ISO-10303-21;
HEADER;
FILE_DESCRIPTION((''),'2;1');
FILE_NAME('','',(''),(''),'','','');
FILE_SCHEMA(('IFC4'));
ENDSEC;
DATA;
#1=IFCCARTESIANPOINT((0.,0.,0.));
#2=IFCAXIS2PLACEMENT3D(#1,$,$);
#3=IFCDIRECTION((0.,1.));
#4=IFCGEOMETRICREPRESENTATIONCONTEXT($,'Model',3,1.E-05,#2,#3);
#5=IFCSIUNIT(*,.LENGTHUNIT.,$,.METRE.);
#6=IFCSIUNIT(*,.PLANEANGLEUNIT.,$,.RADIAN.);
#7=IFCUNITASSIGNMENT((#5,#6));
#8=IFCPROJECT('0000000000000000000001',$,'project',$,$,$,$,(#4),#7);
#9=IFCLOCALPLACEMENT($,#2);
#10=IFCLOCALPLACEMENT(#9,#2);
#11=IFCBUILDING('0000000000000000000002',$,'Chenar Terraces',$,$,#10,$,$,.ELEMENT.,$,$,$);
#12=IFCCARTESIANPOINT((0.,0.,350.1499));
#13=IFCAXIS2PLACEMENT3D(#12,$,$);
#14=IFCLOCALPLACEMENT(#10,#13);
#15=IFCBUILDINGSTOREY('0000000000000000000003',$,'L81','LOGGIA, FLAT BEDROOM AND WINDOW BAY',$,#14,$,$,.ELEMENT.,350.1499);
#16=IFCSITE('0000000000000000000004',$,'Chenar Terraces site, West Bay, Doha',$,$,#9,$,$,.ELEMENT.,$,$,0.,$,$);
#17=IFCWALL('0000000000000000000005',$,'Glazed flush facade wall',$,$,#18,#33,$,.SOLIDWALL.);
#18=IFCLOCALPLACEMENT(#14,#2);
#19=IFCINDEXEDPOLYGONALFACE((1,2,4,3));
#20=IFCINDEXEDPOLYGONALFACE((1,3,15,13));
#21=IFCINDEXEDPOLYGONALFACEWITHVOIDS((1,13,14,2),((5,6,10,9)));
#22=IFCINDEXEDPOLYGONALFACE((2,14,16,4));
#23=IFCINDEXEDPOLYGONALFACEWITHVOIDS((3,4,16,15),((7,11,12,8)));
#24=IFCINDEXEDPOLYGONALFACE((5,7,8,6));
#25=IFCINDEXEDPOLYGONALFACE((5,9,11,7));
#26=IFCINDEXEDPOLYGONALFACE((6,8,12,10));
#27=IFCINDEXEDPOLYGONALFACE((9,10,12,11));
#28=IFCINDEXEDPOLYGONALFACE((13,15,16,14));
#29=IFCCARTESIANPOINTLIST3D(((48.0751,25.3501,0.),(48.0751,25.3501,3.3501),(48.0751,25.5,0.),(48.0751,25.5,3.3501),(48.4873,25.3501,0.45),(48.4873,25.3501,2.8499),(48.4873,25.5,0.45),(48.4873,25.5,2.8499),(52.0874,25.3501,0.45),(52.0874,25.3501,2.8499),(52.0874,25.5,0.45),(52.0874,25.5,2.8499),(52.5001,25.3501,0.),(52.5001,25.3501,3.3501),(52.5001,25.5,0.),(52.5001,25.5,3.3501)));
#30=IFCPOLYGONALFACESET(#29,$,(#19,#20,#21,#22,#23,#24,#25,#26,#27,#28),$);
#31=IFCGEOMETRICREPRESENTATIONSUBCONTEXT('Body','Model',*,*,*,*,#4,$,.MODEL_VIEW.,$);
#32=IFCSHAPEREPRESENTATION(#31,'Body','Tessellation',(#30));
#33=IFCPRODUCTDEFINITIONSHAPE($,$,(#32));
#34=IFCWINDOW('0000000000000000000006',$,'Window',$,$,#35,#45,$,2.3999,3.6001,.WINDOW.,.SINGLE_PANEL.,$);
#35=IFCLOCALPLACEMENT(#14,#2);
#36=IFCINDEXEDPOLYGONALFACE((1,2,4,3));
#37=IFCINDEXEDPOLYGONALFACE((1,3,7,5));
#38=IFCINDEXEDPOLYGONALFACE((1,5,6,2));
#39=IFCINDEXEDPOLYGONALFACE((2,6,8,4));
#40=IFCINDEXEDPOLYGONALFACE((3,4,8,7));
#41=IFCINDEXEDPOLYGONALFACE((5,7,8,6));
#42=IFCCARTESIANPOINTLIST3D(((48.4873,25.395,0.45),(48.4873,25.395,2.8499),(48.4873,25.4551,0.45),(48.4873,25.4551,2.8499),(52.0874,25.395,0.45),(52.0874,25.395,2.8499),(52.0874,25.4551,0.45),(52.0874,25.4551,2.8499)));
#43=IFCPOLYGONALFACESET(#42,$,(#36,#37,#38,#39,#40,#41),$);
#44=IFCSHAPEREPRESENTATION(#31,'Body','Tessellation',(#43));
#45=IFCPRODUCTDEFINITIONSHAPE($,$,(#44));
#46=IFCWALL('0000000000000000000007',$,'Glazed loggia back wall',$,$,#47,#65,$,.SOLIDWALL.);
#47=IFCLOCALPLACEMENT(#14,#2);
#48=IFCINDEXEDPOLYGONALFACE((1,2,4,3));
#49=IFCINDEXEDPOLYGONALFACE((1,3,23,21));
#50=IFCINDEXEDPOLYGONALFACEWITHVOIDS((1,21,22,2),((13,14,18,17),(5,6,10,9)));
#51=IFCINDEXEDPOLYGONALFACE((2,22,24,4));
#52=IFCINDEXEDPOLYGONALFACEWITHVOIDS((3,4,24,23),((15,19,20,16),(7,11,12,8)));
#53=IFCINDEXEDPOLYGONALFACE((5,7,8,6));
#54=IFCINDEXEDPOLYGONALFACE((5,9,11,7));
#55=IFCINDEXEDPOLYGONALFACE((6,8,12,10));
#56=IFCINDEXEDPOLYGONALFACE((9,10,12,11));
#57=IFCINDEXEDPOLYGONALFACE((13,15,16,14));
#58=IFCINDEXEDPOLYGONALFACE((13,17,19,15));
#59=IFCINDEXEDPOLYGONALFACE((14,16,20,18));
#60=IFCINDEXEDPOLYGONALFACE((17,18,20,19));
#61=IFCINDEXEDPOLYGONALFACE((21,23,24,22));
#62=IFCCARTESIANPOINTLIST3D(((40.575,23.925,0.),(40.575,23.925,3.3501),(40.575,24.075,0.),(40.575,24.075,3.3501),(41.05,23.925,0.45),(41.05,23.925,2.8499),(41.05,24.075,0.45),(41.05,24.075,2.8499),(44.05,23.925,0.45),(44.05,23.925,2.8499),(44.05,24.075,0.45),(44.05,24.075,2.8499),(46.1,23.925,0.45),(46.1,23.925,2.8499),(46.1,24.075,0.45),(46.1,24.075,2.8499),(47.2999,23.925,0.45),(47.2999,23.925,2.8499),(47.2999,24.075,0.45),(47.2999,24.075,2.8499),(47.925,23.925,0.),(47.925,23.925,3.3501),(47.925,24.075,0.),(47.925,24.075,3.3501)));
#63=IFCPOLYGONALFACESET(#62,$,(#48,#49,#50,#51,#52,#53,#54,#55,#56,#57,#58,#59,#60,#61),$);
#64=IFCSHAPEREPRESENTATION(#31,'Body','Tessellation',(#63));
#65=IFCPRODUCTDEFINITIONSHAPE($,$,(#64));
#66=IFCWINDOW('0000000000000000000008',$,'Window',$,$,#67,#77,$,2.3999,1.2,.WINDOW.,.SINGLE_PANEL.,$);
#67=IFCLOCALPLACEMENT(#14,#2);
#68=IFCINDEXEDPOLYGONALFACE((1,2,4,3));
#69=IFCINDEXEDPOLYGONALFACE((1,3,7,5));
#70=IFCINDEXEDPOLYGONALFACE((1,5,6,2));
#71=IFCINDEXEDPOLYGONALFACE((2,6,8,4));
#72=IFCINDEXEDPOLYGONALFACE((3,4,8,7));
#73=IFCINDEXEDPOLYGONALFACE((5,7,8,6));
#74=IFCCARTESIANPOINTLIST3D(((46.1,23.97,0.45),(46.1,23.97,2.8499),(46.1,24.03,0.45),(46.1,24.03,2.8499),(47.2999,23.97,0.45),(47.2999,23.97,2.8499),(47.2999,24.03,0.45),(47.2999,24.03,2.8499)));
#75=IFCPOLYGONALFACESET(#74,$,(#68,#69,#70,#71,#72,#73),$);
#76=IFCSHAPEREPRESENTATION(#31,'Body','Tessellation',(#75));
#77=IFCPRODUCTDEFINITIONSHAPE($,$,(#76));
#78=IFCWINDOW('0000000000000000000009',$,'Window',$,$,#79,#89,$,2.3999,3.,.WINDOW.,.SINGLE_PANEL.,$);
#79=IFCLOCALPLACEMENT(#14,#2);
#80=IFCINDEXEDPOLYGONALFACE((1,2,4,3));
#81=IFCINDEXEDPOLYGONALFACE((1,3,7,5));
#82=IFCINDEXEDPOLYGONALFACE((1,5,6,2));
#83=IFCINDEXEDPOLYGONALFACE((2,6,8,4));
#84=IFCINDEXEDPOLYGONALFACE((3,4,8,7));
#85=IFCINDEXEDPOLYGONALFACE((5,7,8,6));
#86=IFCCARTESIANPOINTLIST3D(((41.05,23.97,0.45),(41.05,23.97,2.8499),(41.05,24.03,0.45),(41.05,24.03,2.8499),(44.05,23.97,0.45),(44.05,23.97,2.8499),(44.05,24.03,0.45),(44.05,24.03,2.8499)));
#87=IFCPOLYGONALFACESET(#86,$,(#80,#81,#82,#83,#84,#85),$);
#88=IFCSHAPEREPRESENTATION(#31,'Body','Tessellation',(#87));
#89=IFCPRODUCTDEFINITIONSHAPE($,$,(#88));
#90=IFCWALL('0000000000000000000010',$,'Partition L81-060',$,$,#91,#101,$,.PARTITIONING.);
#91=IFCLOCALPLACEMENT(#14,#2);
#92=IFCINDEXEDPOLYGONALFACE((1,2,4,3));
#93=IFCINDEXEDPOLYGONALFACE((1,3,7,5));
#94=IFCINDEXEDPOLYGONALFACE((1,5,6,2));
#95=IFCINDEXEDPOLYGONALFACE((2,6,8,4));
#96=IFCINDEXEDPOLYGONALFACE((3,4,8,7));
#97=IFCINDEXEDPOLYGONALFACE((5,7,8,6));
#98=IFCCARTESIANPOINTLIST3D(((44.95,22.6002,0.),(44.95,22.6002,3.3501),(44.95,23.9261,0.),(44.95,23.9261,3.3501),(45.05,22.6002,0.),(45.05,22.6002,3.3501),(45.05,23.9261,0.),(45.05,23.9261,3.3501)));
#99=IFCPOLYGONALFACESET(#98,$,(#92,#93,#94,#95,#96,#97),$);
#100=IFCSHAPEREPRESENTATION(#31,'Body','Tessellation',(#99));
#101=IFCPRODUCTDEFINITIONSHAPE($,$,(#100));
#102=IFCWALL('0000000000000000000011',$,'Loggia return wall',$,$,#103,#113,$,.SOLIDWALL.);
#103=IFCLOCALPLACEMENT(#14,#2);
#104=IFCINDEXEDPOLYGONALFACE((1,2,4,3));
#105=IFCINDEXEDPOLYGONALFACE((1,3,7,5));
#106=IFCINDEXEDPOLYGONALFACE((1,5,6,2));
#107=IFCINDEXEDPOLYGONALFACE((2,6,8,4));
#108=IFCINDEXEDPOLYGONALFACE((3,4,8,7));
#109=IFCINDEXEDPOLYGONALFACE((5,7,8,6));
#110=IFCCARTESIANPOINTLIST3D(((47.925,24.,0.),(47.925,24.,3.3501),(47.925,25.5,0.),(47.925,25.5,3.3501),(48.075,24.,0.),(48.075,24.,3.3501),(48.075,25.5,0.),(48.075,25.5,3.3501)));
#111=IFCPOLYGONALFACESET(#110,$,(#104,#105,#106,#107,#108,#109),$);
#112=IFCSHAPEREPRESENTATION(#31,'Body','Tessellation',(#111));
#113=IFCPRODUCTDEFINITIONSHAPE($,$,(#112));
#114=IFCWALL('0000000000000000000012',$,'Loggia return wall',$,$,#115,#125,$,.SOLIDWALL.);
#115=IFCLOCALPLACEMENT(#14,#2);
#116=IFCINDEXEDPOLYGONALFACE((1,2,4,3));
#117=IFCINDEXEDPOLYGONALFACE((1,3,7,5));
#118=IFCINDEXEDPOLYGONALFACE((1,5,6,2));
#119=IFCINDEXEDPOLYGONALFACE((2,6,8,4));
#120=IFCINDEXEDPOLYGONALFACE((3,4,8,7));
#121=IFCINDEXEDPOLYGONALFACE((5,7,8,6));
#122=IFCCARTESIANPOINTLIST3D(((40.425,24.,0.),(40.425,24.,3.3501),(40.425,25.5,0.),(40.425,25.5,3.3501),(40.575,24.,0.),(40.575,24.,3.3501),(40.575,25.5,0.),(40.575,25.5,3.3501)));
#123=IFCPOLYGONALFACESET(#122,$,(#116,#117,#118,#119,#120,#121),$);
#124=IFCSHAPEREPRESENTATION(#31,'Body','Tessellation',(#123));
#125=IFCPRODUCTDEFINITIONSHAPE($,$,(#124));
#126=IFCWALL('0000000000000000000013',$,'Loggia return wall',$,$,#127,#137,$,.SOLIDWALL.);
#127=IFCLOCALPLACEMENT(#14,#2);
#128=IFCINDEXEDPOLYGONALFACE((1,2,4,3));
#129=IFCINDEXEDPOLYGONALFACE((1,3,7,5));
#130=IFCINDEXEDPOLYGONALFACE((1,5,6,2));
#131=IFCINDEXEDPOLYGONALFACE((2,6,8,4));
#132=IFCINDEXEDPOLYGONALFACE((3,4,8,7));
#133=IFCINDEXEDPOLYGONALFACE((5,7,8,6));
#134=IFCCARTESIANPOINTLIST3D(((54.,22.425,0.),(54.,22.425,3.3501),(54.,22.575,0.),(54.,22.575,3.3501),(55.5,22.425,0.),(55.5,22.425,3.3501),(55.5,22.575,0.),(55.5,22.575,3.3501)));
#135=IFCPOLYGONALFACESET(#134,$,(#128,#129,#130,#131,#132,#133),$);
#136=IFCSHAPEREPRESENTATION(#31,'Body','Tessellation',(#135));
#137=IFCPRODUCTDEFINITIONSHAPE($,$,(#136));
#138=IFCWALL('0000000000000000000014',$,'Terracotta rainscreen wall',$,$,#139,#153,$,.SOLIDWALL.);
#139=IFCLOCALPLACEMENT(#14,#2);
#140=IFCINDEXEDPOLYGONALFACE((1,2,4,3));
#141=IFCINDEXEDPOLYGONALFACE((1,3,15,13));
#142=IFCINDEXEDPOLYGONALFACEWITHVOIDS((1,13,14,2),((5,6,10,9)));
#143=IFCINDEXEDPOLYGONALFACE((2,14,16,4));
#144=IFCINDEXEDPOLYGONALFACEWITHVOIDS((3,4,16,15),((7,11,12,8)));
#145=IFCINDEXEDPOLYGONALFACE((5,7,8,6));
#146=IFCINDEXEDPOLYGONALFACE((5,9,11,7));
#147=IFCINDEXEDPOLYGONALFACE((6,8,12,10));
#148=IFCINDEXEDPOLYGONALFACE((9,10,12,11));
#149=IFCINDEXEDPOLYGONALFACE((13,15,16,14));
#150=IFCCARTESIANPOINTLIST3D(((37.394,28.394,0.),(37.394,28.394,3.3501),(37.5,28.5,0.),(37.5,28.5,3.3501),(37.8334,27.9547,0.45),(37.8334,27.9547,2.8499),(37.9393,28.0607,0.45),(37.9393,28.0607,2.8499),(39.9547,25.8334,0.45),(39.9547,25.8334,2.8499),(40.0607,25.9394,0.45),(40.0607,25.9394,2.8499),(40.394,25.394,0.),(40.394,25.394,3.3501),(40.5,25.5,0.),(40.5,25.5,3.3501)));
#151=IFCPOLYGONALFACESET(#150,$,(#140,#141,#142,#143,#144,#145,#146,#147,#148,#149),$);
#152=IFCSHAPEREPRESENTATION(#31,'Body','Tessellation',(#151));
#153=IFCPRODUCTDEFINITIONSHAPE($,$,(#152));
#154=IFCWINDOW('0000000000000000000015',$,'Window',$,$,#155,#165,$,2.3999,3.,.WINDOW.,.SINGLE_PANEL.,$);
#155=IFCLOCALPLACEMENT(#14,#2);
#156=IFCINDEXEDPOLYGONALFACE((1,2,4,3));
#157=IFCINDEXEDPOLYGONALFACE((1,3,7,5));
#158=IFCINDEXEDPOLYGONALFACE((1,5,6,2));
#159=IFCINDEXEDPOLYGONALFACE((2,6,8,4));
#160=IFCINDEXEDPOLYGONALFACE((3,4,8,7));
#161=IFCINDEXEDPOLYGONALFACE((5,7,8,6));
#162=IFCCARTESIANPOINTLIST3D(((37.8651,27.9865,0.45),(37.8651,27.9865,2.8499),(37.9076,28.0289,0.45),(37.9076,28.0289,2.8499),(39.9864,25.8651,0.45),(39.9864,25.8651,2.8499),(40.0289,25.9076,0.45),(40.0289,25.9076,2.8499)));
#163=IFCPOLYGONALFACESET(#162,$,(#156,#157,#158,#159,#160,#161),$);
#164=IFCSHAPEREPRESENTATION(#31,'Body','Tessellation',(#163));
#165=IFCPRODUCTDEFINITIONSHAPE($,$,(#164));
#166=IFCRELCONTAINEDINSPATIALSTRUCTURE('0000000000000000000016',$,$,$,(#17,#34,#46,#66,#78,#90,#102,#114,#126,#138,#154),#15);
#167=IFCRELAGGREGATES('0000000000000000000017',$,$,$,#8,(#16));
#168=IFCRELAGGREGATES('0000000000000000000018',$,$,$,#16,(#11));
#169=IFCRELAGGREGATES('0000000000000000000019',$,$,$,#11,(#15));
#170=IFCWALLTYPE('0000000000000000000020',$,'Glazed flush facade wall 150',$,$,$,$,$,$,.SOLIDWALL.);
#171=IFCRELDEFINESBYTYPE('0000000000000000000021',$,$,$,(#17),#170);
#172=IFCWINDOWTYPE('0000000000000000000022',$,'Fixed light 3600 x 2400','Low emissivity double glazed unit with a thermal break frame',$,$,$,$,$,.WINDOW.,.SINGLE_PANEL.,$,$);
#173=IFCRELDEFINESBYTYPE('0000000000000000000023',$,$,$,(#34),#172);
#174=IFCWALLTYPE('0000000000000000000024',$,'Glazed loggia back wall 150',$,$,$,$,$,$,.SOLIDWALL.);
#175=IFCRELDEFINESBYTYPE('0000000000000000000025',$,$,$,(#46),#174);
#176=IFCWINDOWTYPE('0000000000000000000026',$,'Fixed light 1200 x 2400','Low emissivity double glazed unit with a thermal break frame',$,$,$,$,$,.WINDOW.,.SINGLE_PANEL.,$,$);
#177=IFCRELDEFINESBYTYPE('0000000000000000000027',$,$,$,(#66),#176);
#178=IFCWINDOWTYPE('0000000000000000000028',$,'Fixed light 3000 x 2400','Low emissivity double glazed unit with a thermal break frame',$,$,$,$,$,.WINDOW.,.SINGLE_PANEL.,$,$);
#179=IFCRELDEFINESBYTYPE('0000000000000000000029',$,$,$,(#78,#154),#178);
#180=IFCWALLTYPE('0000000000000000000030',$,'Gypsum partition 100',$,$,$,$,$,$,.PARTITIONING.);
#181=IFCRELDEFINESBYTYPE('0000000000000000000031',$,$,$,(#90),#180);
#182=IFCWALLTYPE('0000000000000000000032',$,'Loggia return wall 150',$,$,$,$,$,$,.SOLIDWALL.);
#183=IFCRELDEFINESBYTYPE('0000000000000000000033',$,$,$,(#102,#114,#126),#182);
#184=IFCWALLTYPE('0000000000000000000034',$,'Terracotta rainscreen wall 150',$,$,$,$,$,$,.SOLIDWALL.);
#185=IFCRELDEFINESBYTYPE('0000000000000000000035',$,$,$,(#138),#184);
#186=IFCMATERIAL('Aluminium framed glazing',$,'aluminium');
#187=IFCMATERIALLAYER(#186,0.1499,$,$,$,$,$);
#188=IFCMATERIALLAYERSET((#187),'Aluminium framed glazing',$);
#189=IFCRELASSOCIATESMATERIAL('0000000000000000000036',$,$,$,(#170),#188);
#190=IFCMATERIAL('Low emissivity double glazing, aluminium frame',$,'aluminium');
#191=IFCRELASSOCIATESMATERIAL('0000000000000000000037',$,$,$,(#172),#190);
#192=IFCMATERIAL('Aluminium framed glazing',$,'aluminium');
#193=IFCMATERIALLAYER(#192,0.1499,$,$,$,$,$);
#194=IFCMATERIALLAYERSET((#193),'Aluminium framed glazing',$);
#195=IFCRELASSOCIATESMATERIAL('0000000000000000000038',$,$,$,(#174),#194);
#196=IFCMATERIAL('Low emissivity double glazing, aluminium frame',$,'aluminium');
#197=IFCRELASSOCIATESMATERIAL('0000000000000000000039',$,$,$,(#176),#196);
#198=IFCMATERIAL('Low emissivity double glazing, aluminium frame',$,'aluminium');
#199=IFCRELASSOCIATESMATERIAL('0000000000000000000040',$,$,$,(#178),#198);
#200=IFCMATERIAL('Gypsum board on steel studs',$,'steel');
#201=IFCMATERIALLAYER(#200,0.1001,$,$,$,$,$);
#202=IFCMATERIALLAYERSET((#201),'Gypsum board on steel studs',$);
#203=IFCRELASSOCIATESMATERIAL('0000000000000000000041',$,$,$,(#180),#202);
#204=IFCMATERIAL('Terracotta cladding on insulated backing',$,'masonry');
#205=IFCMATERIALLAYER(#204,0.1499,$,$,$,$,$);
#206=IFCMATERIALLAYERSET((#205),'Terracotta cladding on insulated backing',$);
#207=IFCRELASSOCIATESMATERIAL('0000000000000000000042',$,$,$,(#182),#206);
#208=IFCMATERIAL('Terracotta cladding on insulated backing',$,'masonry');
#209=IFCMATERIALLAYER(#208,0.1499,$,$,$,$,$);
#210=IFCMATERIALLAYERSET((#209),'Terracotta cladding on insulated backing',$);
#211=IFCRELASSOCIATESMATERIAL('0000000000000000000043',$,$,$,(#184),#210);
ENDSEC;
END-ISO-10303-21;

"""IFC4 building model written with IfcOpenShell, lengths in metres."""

from ifc_helpers import new_model, si_unit, direction, frame, frame_2d, origin, place, context, subcontext, project, spatial, rectangle, extrude, material, layer, layer_set, type_object, element, fill, save


model = new_model("IFC4")

# Units and contexts
model_context = context("Model", 3, precision=1e-05, world=origin(), true_north=direction((0.0, 1.0)))
body_context = subcontext(model_context, "Body", "Model", "MODEL_VIEW")
ifc_project = project(units=[si_unit("LENGTHUNIT", "METRE"), si_unit("PLANEANGLEUNIT", "RADIAN")], contexts=[model_context])

# Site, building, storey
site_placement = place(None, origin())
site = spatial("IfcSite", under=ifc_project, at=site_placement, Name="Chenar Terraces site, West Bay, Doha", CompositionType="ELEMENT", RefElevation=0.0)
building_placement = place(site_placement, origin())
building = spatial("IfcBuilding", under=site, at=building_placement, Name="Chenar Terraces", CompositionType="ELEMENT")
storey_placement = place(building_placement, frame((0.0, 0.0, 350.1499)))
storey = spatial("IfcBuildingStorey", under=building, at=storey_placement, Name="L81", Description="LOGGIA, FLAT BEDROOM AND WINDOW BAY", CompositionType="ELEMENT", Elevation=350.1499)

# Wall, opening, window
ifc_material_1 = material(Name="Aluminium framed glazing", Category="aluminium")
ifc_layer_1 = layer(ifc_material_1, 0.1499)
ifc_layer_set_1 = layer_set([ifc_layer_1], Name="Aluminium framed glazing")
wall_type_1 = type_object("IfcWallType", Name="Glazed flush facade wall 150", PredefinedType="SOLIDWALL", material=ifc_layer_set_1)
wall_1_placement = place(storey_placement, frame((52.5, 25.425, 0.0), z_axis=(0.0, 0.0, 1.0), x_axis=(-1.0, 0.0, 0.0)))
wall_1 = element("IfcWall", 1, at=wall_1_placement, inside=storey, type_object=wall_type_1, Name="Glazed flush facade wall", PredefinedType="SOLIDWALL", context=body_context, shape_type="SweptSolid", body=[
    extrude(rectangle(XDim=4.425, YDim=0.1499, at=frame_2d((2.2124, 0.0))), origin(), (0.0, 0.0, 1.0), 3.3501),
])
opening_1_placement = place(wall_1_placement, frame((0.4126, 0.0, 0.45)))
opening_1 = element("IfcOpeningElement", 2, at=opening_1_placement, cuts=wall_1, PredefinedType="OPENING", context=body_context, shape_type="SweptSolid", body=[
    extrude(rectangle(XDim=3.6001, YDim=2.3999, at=frame_2d((1.8, 1.2))), frame((0.0, 0.085, 0.0), z_axis=(0.0, -1.0, 0.0), x_axis=(1.0, 0.0, 0.0)), (0.0, 0.0, 1.0), 0.1699),
])
ifc_material_2 = material(Name="Low emissivity double glazing, aluminium frame", Category="aluminium")
window_type_1 = type_object("IfcWindowType", Name="Fixed light 3600 x 2400", Description="Low emissivity double glazed unit with a thermal break frame", PartitioningType="SINGLE_PANEL", PredefinedType="WINDOW", material=ifc_material_2)
window_1_placement = place(opening_1_placement, origin())
window_1 = element("IfcWindow", 3, at=window_1_placement, inside=storey, type_object=window_type_1, Name="Window", OverallHeight=2.3999, OverallWidth=3.6001, PartitioningType="SINGLE_PANEL", PredefinedType="WINDOW", context=body_context, shape_type="SweptSolid", body=[
    extrude(rectangle(XDim=3.6001, YDim=2.3999, at=frame_2d((1.8, 1.2))), frame((0.0, 0.03, 0.0), z_axis=(0.0, -1.0, 0.0), x_axis=(1.0, 0.0, 0.0)), (0.0, 0.0, 1.0), 0.0601),
])
fill(opening_1, window_1)

# Wall, openings, windows
ifc_material_3 = material(Name="Aluminium framed glazing", Category="aluminium")
ifc_layer_2 = layer(ifc_material_3, 0.1499)
ifc_layer_set_2 = layer_set([ifc_layer_2], Name="Aluminium framed glazing")
wall_type_2 = type_object("IfcWallType", Name="Glazed loggia back wall 150", PredefinedType="SOLIDWALL", material=ifc_layer_set_2)
wall_2_placement = place(storey_placement, frame((47.925, 24.0, 0.0), z_axis=(0.0, 0.0, 1.0), x_axis=(-1.0, 0.0, 0.0)))
wall_2 = element("IfcWall", 4, at=wall_2_placement, inside=storey, type_object=wall_type_2, Name="Glazed loggia back wall", PredefinedType="SOLIDWALL", context=body_context, shape_type="SweptSolid", body=[
    extrude(rectangle(XDim=7.3501, YDim=0.1499, at=frame_2d((3.675, 0.0))), origin(), (0.0, 0.0, 1.0), 3.3501),
])
opening_2_placement = place(wall_2_placement, frame((0.625, 0.0, 0.45)))
opening_2 = element("IfcOpeningElement", 5, at=opening_2_placement, cuts=wall_2, PredefinedType="OPENING", context=body_context, shape_type="SweptSolid", body=[
    extrude(rectangle(XDim=1.2, YDim=2.3999, at=frame_2d((0.6001, 1.2))), frame((0.0, 0.085, 0.0), z_axis=(0.0, -1.0, 0.0), x_axis=(1.0, 0.0, 0.0)), (0.0, 0.0, 1.0), 0.1699),
])
opening_3_placement = place(wall_2_placement, frame((3.875, 0.0, 0.45)))
opening_3 = element("IfcOpeningElement", 6, at=opening_3_placement, cuts=wall_2, PredefinedType="OPENING", context=body_context, shape_type="SweptSolid", body=[
    extrude(rectangle(XDim=3.0, YDim=2.3999, at=frame_2d((1.5, 1.2))), frame((0.0, 0.085, 0.0), z_axis=(0.0, -1.0, 0.0), x_axis=(1.0, 0.0, 0.0)), (0.0, 0.0, 1.0), 0.1699),
])
ifc_material_4 = material(Name="Low emissivity double glazing, aluminium frame", Category="aluminium")
window_type_2 = type_object("IfcWindowType", Name="Fixed light 1200 x 2400", Description="Low emissivity double glazed unit with a thermal break frame", PartitioningType="SINGLE_PANEL", PredefinedType="WINDOW", material=ifc_material_4)
window_2_placement = place(opening_2_placement, origin())
window_2 = element("IfcWindow", 7, at=window_2_placement, inside=storey, type_object=window_type_2, Name="Window", OverallHeight=2.3999, OverallWidth=1.2, PartitioningType="SINGLE_PANEL", PredefinedType="WINDOW", context=body_context, shape_type="SweptSolid", body=[
    extrude(rectangle(XDim=1.2, YDim=2.3999, at=frame_2d((0.6001, 1.2))), frame((0.0, 0.03, 0.0), z_axis=(0.0, -1.0, 0.0), x_axis=(1.0, 0.0, 0.0)), (0.0, 0.0, 1.0), 0.0601),
])
fill(opening_2, window_2)
ifc_material_5 = material(Name="Low emissivity double glazing, aluminium frame", Category="aluminium")
window_type_3 = type_object("IfcWindowType", Name="Fixed light 3000 x 2400", Description="Low emissivity double glazed unit with a thermal break frame", PartitioningType="SINGLE_PANEL", PredefinedType="WINDOW", material=ifc_material_5)
window_3_placement = place(opening_3_placement, origin())
window_3 = element("IfcWindow", 8, at=window_3_placement, inside=storey, type_object=window_type_3, Name="Window", OverallHeight=2.3999, OverallWidth=3.0, PartitioningType="SINGLE_PANEL", PredefinedType="WINDOW", context=body_context, shape_type="SweptSolid", body=[
    extrude(rectangle(XDim=3.0, YDim=2.3999, at=frame_2d((1.5, 1.2))), frame((0.0, 0.03, 0.0), z_axis=(0.0, -1.0, 0.0), x_axis=(1.0, 0.0, 0.0)), (0.0, 0.0, 1.0), 0.0601),
])
fill(opening_3, window_3)

# Walls
ifc_material_6 = material(Name="Gypsum board on steel studs", Category="steel")
ifc_layer_3 = layer(ifc_material_6, 0.1001)
ifc_layer_set_3 = layer_set([ifc_layer_3], Name="Gypsum board on steel studs")
wall_type_3 = type_object("IfcWallType", Name="Gypsum partition 100", PredefinedType="PARTITIONING", material=ifc_layer_set_3)
wall_3_placement = place(storey_placement, frame((45.0, 22.6001, 0.0), z_axis=(0.0, 0.0, 1.0), x_axis=(0.0, 1.0, 0.0)))
element("IfcWall", 9, at=wall_3_placement, inside=storey, type_object=wall_type_3, Name="Partition L81-060", PredefinedType="PARTITIONING", context=body_context, shape_type="SweptSolid", body=[
    extrude(rectangle(XDim=1.3259, YDim=0.1001, at=frame_2d((0.6631, 0.0))), origin(), (0.0, 0.0, 1.0), 3.3501),
])
ifc_material_7 = material(Name="Terracotta cladding on insulated backing", Category="masonry")
ifc_layer_4 = layer(ifc_material_7, 0.1499)
ifc_layer_set_4 = layer_set([ifc_layer_4], Name="Terracotta cladding on insulated backing")
wall_type_4 = type_object("IfcWallType", Name="Loggia return wall 150", PredefinedType="SOLIDWALL", material=ifc_layer_set_4)
for number, where, z_axis, x_axis, name in (
    (10, (48.0, 25.5, 0.0), (0.0, 0.0, 1.0), (0.0, -1.0, 0.0), "Loggia return wall"),
    (11, (40.5, 25.5, 0.0), (0.0, 0.0, 1.0), (0.0, -1.0, 0.0), "Loggia return wall"),
    (12, (55.5, 22.5, 0.0), (0.0, 0.0, 1.0), (-1.0, 0.0, 0.0), "Loggia return wall"),
):
    element("IfcWall", number, at=place(storey_placement, frame(where, z_axis=z_axis, x_axis=x_axis)), inside=storey, type_object=wall_type_4, Name=name, PredefinedType="SOLIDWALL", context=body_context, shape_type="SweptSolid", body=[
        extrude(rectangle(XDim=1.5, YDim=0.1499, at=frame_2d((0.75, 0.0))), origin(), (0.0, 0.0, 1.0), 3.3501),
    ])

# Wall, opening, window
ifc_material_8 = material(Name="Terracotta cladding on insulated backing", Category="masonry")
ifc_layer_5 = layer(ifc_material_8, 0.1499)
ifc_layer_set_5 = layer_set([ifc_layer_5], Name="Terracotta cladding on insulated backing")
wall_type_5 = type_object("IfcWallType", Name="Terracotta rainscreen wall 150", PredefinedType="SOLIDWALL", material=ifc_layer_set_5)
wall_4_placement = place(storey_placement, frame((40.447, 25.447, 0.0), z_axis=(0.0, 0.0, 1.0), x_axis=(-0.707107, 0.707107, 0.0)))
wall_4 = element("IfcWall", 13, at=wall_4_placement, inside=storey, type_object=wall_type_5, Name="Terracotta rainscreen wall", PredefinedType="SOLIDWALL", context=body_context, shape_type="SweptSolid", body=[
    extrude(rectangle(XDim=4.2427, YDim=0.1499, at=frame_2d((2.1213, 0.0))), origin(), (0.0, 0.0, 1.0), 3.3501),
])
opening_4_placement = place(wall_4_placement, frame((0.6213, 0.0, 0.45)))
opening_4 = element("IfcOpeningElement", 14, at=opening_4_placement, cuts=wall_4, PredefinedType="OPENING", context=body_context, shape_type="SweptSolid", body=[
    extrude(rectangle(XDim=3.0, YDim=2.3999, at=frame_2d((1.5, 1.2))), frame((0.0, 0.085, 0.0), z_axis=(0.0, -1.0, 0.0), x_axis=(1.0, 0.0, 0.0)), (0.0, 0.0, 1.0), 0.1699),
])
window_4_placement = place(opening_4_placement, origin())
window_4 = element("IfcWindow", 15, at=window_4_placement, inside=storey, type_object=window_type_3, Name="Window", OverallHeight=2.3999, OverallWidth=3.0, PartitioningType="SINGLE_PANEL", PredefinedType="WINDOW", context=body_context, shape_type="SweptSolid", body=[
    extrude(rectangle(XDim=3.0, YDim=2.3999, at=frame_2d((1.5, 1.2))), frame((0.0, 0.03, 0.0), z_axis=(0.0, -1.0, 0.0), x_axis=(1.0, 0.0, 0.0)), (0.0, 0.0, 1.0), 0.0601),
])
fill(opening_4, window_4)

save(model, "model.ifc")
